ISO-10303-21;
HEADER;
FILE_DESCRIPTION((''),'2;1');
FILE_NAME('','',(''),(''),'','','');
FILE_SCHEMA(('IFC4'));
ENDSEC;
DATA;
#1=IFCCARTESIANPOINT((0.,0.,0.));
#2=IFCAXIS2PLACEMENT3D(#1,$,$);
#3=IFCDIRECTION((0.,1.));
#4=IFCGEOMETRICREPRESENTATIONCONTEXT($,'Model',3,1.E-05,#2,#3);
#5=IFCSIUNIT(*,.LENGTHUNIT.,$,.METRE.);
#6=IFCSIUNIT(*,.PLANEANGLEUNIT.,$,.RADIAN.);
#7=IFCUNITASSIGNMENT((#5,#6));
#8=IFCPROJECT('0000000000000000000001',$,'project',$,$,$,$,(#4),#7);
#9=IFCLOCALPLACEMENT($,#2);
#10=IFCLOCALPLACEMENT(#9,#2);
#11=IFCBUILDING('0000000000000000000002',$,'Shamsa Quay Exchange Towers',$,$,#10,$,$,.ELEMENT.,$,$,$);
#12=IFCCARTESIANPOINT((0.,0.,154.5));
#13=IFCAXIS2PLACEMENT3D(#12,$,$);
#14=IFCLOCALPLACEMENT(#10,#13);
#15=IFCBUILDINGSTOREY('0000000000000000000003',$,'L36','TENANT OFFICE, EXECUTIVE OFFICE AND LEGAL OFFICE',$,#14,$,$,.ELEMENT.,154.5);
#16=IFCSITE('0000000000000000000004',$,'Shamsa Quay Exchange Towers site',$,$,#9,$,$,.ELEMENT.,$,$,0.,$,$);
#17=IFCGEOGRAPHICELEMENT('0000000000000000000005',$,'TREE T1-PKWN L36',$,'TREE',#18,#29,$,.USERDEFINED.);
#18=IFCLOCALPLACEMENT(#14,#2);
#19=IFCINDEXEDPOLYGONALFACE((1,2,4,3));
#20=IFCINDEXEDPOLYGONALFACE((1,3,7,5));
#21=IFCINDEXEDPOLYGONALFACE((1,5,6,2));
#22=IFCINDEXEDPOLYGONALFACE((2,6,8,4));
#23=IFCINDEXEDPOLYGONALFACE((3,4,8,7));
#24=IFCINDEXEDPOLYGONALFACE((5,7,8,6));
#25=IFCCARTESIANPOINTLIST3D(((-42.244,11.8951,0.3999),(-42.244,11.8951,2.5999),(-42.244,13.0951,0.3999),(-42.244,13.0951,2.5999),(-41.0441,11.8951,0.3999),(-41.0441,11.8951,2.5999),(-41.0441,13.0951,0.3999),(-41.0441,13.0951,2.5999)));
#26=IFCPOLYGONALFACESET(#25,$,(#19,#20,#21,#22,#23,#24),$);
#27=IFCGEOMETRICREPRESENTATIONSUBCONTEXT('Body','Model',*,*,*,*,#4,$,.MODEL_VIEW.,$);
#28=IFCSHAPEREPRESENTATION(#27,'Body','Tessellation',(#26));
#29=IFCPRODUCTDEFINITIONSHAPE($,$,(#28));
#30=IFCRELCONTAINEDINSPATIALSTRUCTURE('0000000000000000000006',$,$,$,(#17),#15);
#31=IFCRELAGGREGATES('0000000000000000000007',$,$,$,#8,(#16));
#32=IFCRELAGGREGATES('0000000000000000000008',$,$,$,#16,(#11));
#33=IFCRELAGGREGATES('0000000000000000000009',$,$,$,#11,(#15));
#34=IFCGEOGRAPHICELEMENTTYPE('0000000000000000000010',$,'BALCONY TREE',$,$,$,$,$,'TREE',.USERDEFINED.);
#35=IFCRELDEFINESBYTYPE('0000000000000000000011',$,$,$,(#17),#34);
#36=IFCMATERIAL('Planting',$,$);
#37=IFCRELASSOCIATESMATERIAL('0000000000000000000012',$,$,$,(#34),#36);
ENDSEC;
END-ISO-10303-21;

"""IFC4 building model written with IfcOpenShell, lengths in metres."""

from ifc_helpers import new_model, si_unit, direction, frame, origin, origin_2d, place, context, subcontext, project, spatial, rectangle, extrude, material, type_object, element, save


model = new_model("IFC4")

# Units and contexts
model_context = context("Model", 3, precision=1e-05, world=origin(), true_north=direction((0.0, 1.0)))
body_context = subcontext(model_context, "Body", "Model", "MODEL_VIEW")
ifc_project = project(units=[si_unit("LENGTHUNIT", "METRE"), si_unit("PLANEANGLEUNIT", "RADIAN")], contexts=[model_context])

# Site, building, storey
site_placement = place(None, origin())
site = spatial("IfcSite", under=ifc_project, at=site_placement, Name="Shamsa Quay Exchange Towers site", CompositionType="ELEMENT", RefElevation=0.0)
building_placement = place(site_placement, origin())
building = spatial("IfcBuilding", under=site, at=building_placement, Name="Shamsa Quay Exchange Towers", CompositionType="ELEMENT")
storey_placement = place(building_placement, frame((0.0, 0.0, 154.5)))
storey = spatial("IfcBuildingStorey", under=building, at=storey_placement, Name="L36", Description="TENANT OFFICE, EXECUTIVE OFFICE AND LEGAL OFFICE", CompositionType="ELEMENT", Elevation=154.5)

# Geographic element
ifc_material_1 = material(Name="Planting")
geographic_element_type = type_object("IfcGeographicElementType", Name="BALCONY TREE", ElementType="TREE", PredefinedType="USERDEFINED", material=ifc_material_1)
geographic_element_placement = place(storey_placement, frame((-41.644, 12.4951, 0.3999), z_axis=(0.0, 0.0, 1.0), x_axis=(-1.0, 0.0, 0.0)))
element("IfcGeographicElement", 1, at=geographic_element_placement, inside=storey, type_object=geographic_element_type, Name="TREE T1-PKWN L36", ObjectType="TREE", PredefinedType="USERDEFINED", context=body_context, shape_type="SweptSolid", body=[
    extrude(rectangle(XDim=1.2, YDim=1.2, at=origin_2d()), origin(), (0.0, 0.0, 1.0), 2.2),
])

save(model, "model.ifc")
